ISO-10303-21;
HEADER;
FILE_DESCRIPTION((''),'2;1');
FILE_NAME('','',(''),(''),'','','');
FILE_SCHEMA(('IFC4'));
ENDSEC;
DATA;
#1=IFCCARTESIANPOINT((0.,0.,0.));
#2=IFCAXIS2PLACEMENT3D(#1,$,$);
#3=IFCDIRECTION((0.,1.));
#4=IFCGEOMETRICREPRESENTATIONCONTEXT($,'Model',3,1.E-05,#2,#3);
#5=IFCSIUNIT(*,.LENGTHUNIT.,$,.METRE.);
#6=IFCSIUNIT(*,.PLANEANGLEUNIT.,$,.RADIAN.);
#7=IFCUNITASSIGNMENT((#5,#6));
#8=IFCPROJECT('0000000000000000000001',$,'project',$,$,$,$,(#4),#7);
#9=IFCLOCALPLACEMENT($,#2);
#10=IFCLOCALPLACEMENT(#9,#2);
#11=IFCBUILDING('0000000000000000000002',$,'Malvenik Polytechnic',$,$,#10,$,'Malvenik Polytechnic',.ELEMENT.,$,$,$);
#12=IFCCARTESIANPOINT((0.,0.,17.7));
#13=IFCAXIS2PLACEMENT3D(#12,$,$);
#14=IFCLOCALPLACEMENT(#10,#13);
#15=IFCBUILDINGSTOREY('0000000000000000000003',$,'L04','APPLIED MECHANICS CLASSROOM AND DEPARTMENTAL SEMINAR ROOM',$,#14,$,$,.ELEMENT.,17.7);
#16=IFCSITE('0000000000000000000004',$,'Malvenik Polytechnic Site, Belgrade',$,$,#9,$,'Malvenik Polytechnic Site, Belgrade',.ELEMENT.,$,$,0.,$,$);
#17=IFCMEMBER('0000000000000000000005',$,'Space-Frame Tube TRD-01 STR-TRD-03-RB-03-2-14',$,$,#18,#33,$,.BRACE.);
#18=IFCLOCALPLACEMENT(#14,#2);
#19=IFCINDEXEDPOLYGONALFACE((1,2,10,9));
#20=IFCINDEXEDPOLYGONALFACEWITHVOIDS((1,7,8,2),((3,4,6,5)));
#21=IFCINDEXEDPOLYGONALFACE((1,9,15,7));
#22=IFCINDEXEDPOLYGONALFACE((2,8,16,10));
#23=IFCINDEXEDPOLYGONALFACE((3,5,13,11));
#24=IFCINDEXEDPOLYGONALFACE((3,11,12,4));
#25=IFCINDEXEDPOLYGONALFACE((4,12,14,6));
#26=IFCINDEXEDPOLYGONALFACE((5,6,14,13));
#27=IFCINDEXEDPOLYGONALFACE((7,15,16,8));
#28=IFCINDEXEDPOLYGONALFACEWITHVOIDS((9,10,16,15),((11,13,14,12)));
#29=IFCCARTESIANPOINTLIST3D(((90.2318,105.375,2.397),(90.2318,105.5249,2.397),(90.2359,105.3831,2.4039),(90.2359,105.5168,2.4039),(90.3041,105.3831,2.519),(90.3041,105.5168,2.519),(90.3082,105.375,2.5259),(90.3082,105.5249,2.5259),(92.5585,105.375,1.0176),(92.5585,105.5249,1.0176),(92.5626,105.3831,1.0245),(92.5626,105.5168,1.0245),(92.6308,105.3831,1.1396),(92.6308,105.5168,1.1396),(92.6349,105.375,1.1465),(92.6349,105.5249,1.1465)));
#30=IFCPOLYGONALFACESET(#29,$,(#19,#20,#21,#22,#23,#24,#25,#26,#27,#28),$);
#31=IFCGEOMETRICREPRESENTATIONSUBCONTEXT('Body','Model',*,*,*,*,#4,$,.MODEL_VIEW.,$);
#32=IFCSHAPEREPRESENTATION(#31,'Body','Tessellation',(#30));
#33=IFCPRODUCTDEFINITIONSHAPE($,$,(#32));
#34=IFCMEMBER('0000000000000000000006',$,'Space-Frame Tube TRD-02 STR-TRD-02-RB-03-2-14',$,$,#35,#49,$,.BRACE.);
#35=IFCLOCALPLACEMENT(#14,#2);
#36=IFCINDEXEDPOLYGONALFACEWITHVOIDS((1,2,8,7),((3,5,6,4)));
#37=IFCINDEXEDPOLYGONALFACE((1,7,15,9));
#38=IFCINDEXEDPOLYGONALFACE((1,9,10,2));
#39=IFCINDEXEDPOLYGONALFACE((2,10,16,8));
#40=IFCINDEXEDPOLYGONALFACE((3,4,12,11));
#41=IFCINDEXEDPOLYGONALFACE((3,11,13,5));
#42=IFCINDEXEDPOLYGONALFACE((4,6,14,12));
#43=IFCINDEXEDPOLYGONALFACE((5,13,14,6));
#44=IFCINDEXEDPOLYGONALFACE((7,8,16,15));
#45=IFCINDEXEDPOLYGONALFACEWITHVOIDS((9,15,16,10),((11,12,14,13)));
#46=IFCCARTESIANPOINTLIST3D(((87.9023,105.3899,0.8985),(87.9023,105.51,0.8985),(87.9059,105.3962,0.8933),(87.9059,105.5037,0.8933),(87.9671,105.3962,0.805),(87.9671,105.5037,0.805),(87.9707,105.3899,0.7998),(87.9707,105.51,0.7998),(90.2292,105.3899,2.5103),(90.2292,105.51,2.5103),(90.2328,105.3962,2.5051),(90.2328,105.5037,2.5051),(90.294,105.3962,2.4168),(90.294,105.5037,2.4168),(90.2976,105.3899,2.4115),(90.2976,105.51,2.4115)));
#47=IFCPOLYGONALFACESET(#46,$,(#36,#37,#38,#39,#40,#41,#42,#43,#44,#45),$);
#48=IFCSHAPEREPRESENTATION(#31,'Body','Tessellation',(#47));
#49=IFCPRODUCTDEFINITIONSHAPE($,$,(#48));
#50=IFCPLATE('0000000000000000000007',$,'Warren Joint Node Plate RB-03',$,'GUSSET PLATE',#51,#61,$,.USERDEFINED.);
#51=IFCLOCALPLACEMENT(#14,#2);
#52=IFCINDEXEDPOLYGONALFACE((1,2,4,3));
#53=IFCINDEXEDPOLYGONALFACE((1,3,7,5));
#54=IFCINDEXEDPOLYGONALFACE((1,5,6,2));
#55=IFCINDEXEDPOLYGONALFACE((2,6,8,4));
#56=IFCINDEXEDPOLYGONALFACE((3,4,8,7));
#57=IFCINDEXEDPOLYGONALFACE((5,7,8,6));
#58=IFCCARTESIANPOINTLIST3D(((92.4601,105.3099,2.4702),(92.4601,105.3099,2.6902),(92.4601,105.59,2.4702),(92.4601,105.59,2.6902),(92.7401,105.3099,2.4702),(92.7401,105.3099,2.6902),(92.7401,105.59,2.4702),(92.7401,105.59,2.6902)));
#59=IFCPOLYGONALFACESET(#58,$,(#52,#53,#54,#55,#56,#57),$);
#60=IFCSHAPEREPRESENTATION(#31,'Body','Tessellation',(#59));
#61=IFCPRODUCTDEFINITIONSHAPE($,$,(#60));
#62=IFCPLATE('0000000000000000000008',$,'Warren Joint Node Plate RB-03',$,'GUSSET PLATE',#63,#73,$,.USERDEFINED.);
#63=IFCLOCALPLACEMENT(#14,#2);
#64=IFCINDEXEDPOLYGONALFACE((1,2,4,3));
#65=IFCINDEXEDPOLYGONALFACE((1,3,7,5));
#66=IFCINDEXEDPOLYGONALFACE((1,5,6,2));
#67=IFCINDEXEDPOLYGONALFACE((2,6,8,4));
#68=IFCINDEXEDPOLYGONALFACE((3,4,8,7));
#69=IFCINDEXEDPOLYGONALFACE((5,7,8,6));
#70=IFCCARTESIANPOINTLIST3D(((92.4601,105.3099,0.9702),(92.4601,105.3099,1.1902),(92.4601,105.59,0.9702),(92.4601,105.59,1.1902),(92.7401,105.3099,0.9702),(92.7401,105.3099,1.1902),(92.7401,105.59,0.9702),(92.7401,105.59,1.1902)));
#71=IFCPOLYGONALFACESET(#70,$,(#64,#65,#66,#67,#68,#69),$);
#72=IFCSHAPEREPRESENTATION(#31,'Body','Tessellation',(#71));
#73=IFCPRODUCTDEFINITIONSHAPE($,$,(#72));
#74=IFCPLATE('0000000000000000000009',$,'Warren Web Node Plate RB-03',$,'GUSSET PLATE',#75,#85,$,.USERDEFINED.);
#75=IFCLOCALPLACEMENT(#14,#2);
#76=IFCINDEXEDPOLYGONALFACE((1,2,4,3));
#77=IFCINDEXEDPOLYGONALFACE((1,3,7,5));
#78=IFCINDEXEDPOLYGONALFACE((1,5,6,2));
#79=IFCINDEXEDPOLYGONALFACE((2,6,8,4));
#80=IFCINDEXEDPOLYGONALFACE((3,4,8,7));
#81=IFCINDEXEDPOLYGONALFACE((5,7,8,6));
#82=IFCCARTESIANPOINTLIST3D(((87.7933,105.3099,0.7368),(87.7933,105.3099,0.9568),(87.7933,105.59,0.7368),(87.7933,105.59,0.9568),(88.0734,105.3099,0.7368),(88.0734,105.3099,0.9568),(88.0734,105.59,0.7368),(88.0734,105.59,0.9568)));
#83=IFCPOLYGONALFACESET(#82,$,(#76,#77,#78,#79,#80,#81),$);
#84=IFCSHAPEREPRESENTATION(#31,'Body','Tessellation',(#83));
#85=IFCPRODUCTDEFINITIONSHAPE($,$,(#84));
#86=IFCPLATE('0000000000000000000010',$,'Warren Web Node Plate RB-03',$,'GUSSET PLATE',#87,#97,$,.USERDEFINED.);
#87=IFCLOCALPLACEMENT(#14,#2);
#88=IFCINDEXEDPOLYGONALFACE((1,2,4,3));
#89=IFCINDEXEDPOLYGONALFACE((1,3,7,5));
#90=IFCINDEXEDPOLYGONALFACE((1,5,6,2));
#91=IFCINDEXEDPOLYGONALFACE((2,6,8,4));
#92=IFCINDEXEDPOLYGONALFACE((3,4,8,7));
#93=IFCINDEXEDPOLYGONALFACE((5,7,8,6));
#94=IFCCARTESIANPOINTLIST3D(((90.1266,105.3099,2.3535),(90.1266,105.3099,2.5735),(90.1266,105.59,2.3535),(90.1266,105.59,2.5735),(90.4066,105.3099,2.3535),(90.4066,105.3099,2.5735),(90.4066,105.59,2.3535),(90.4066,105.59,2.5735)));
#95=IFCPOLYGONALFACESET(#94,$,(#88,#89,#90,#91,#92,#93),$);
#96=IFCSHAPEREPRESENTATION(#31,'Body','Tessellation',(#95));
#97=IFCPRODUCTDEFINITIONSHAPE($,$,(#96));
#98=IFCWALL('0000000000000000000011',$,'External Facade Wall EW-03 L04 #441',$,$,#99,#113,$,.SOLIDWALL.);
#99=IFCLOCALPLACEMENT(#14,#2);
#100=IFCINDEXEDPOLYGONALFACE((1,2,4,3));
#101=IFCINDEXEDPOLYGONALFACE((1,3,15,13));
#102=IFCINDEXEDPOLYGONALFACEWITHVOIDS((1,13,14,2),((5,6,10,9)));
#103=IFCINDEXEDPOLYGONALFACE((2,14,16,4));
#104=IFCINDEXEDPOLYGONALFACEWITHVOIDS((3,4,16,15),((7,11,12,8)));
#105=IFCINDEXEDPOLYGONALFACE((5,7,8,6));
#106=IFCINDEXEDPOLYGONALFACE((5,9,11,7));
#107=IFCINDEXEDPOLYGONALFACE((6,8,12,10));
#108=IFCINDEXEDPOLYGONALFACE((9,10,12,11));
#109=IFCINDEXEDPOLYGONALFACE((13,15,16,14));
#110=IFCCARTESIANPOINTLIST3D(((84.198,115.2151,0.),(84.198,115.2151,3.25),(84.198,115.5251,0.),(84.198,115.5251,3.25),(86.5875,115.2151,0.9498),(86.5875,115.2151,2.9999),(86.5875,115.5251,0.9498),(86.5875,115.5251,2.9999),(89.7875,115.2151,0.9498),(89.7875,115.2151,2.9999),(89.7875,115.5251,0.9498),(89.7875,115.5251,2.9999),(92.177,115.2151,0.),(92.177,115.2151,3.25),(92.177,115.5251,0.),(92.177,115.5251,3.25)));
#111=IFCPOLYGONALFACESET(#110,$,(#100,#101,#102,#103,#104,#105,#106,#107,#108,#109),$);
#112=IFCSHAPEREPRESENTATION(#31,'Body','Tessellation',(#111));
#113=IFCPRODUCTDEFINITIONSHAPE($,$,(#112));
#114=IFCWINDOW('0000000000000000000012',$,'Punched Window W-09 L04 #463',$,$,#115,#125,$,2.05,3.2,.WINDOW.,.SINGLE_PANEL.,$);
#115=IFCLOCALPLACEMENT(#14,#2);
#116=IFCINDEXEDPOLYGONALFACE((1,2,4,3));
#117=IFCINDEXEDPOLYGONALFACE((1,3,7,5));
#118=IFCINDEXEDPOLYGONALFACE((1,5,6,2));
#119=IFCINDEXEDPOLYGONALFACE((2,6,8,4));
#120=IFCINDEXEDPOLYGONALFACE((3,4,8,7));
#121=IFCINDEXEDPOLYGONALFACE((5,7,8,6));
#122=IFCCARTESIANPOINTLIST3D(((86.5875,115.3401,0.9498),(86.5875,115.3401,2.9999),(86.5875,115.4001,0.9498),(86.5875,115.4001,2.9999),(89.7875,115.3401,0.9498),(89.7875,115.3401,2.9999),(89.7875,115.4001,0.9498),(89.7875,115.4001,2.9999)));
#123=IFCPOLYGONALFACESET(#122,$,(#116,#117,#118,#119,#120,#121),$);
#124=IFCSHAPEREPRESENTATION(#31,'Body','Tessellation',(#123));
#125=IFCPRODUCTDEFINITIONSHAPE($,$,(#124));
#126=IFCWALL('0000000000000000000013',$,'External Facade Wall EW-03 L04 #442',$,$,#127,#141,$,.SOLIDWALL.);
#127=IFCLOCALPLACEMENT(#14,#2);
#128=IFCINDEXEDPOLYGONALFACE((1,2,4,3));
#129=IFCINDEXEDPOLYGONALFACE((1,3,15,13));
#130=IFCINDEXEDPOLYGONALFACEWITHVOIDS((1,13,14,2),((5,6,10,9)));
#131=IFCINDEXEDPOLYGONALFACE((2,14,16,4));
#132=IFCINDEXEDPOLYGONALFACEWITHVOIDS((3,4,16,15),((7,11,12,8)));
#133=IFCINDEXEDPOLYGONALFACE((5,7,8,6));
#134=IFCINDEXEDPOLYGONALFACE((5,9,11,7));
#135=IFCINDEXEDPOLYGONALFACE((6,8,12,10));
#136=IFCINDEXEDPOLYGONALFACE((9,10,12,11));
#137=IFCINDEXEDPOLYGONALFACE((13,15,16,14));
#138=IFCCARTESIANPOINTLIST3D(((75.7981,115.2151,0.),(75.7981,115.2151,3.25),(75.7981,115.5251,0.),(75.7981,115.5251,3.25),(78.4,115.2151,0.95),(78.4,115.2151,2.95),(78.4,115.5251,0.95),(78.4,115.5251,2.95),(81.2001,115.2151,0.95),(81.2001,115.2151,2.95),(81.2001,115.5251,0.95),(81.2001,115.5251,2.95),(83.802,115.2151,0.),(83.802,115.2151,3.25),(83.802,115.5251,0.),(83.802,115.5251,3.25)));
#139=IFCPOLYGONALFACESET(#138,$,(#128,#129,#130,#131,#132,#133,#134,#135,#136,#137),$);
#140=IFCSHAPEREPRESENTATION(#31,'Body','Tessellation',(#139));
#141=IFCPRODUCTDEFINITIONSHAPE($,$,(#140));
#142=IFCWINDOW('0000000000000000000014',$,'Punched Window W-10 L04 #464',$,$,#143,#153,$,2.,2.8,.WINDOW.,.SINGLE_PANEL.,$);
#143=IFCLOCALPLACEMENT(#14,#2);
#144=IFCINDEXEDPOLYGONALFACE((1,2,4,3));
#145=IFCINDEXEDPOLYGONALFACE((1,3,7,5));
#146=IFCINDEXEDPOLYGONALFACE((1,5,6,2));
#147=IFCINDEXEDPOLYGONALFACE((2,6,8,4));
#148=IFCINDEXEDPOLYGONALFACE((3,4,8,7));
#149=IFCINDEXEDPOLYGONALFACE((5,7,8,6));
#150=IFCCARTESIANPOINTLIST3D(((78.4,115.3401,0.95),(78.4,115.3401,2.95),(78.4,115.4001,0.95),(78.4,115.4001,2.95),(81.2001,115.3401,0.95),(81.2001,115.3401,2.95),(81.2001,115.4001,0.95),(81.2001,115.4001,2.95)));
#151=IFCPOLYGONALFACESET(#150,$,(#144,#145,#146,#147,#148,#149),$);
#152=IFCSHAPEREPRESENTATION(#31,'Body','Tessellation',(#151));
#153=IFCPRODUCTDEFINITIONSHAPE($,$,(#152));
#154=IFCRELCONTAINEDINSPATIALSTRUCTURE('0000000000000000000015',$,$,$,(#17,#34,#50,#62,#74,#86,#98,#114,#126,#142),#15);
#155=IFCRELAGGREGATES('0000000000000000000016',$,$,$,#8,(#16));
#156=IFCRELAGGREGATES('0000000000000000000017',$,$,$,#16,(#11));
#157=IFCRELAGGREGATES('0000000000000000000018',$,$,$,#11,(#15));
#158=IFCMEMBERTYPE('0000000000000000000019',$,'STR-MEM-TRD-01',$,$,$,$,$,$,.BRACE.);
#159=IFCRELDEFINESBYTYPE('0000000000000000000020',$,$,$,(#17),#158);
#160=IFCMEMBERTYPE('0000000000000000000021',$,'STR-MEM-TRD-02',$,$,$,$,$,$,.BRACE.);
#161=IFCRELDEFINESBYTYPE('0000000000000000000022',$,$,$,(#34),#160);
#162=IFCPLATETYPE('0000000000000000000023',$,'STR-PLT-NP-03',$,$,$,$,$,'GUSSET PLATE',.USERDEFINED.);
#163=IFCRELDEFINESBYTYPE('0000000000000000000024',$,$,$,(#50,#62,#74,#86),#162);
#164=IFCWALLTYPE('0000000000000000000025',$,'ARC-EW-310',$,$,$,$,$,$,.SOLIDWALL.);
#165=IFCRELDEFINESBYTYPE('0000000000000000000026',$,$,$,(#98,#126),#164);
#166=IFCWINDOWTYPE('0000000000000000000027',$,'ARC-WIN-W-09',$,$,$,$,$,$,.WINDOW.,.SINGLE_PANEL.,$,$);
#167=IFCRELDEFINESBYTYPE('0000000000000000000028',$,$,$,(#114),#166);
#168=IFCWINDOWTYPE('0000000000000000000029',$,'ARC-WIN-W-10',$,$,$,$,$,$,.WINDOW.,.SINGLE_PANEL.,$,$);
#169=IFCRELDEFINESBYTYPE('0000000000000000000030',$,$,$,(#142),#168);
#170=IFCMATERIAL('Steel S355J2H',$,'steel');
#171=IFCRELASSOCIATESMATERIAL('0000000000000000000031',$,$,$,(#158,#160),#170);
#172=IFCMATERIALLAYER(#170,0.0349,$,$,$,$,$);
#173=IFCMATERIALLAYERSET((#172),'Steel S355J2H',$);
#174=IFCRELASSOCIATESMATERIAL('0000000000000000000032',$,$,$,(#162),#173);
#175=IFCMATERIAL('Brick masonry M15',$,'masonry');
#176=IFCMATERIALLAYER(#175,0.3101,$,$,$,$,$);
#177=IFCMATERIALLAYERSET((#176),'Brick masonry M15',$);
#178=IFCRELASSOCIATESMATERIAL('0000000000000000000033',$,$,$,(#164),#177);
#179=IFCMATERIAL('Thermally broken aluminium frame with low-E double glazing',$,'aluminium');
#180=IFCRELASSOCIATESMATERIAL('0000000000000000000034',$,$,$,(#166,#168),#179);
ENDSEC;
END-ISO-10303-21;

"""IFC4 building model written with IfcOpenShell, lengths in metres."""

from ifc_helpers import new_model, si_unit, direction, frame, frame_2d, origin, origin_2d, place, context, subcontext, project, spatial, rectangle, hollow_rectangle, extrude, material, layer, layer_set, material_profile, profile_set, type_object, element, fill, save


model = new_model("IFC4")

# Units and contexts
model_context = context("Model", 3, precision=1e-05, world=origin(), true_north=direction((0.0, 1.0)))
body_context = subcontext(model_context, "Body", "Model", "MODEL_VIEW")
ifc_project = project(units=[si_unit("LENGTHUNIT", "METRE"), si_unit("PLANEANGLEUNIT", "RADIAN")], contexts=[model_context])

# Site, building, storey
site_placement = place(None, origin())
site = spatial("IfcSite", under=ifc_project, at=site_placement, Name="Malvenik Polytechnic Site, Belgrade", LongName="Malvenik Polytechnic Site, Belgrade", CompositionType="ELEMENT", RefElevation=0.0)
building_placement = place(site_placement, origin())
building = spatial("IfcBuilding", under=site, at=building_placement, Name="Malvenik Polytechnic", LongName="Malvenik Polytechnic", CompositionType="ELEMENT")
storey_placement = place(building_placement, frame((0.0, 0.0, 17.7)))
storey = spatial("IfcBuildingStorey", under=building, at=storey_placement, Name="L04", Description="APPLIED MECHANICS CLASSROOM AND DEPARTMENTAL SEMINAR ROOM", CompositionType="ELEMENT", Elevation=17.7)

# Shared definitions
ifc_material_1 = material(Name="Steel S355J2H", Category="steel")

# Members
ifc_material_profile_1 = material_profile(ifc_material_1, hollow_rectangle(XDim=0.1499, YDim=0.1499, WallThickness=0.0081, at=origin_2d()), Name="SHS 150x150x8.0")
ifc_profile_set_1 = profile_set([ifc_material_profile_1], Name="Steel S355J2H")
member_type_1 = type_object("IfcMemberType", Name="STR-MEM-TRD-01", PredefinedType="BRACE", material=ifc_profile_set_1)
member_1_placement = place(storey_placement, frame((90.27, 105.45, 2.4614), z_axis=(0.860189, 0.0, -0.509976), x_axis=(0.0, 1.0, 0.0)))
element("IfcMember", 1, at=member_1_placement, inside=storey, type_object=member_type_1, Name="Space-Frame Tube TRD-01 STR-TRD-03-RB-03-2-14", PredefinedType="BRACE", context=body_context, shape_type="SweptSolid", body=[
    extrude(hollow_rectangle(XDim=0.1499, YDim=0.1499, WallThickness=0.0081, at=origin_2d()), origin(), (0.0, 0.0, 1.0), 2.7048),
])
ifc_material_profile_2 = material_profile(ifc_material_1, hollow_rectangle(XDim=0.1201, YDim=0.1201, WallThickness=0.0063, at=origin_2d()), Name="SHS 120x120x6.3")
ifc_profile_set_2 = profile_set([ifc_material_profile_2], Name="Steel S355J2H")
member_type_2 = type_object("IfcMemberType", Name="STR-MEM-TRD-02", PredefinedType="BRACE", material=ifc_profile_set_2)
member_2_placement = place(storey_placement, frame((87.9365, 105.45, 0.8491), z_axis=(0.822046, 0.0, 0.569421), x_axis=(0.0, 1.0, 0.0)))
element("IfcMember", 2, at=member_2_placement, inside=storey, type_object=member_type_2, Name="Space-Frame Tube TRD-02 STR-TRD-02-RB-03-2-14", PredefinedType="BRACE", context=body_context, shape_type="SweptSolid", body=[
    extrude(hollow_rectangle(XDim=0.1201, YDim=0.1201, WallThickness=0.0063, at=origin_2d()), origin(), (0.0, 0.0, 1.0), 2.8306),
])

# Plates
ifc_layer_1 = layer(ifc_material_1, 0.0349)
ifc_layer_set_1 = layer_set([ifc_layer_1], Name="Steel S355J2H")
plate_type = type_object("IfcPlateType", Name="STR-PLT-NP-03", ElementType="GUSSET PLATE", PredefinedType="USERDEFINED", material=ifc_layer_set_1)
for number, where, z_axis, x_axis, name in (
    (3, (92.6001, 105.45, 2.4702), (0.0, 0.0, 1.0), (1.0, 0.0, 0.0), "Warren Joint Node Plate RB-03"),
    (4, (92.6001, 105.45, 0.9702), (0.0, 0.0, 1.0), (1.0, 0.0, 0.0), "Warren Joint Node Plate RB-03"),
    (5, (87.9333, 105.45, 0.7368), (0.0, 0.0, 1.0), (1.0, 0.0, 0.0), "Warren Web Node Plate RB-03"),
    (6, (90.2666, 105.45, 2.3535), (0.0, 0.0, 1.0), (1.0, 0.0, 0.0), "Warren Web Node Plate RB-03"),
):
    element("IfcPlate", number, at=place(storey_placement, frame(where, z_axis=z_axis, x_axis=x_axis)), inside=storey, type_object=plate_type, Name=name, ObjectType="GUSSET PLATE", PredefinedType="USERDEFINED", context=body_context, shape_type="SweptSolid", body=[
        extrude(rectangle(XDim=0.28, YDim=0.28, at=origin_2d()), origin(), (0.0, 0.0, 1.0), 0.22),
    ])

# Walls, openings, windows
ifc_material_2 = material(Name="Brick masonry M15", Category="masonry")
ifc_layer_2 = layer(ifc_material_2, 0.3101)
ifc_layer_set_2 = layer_set([ifc_layer_2], Name="Brick masonry M15")
wall_type = type_object("IfcWallType", Name="ARC-EW-310", PredefinedType="SOLIDWALL", material=ifc_layer_set_2)
wall_1_placement = place(storey_placement, frame((92.177, 115.3701, 0.0), z_axis=(0.0, 0.0, 1.0), x_axis=(-1.0, 0.0, 0.0)))
wall_1 = element("IfcWall", 7, at=wall_1_placement, inside=storey, type_object=wall_type, Name="External Facade Wall EW-03 L04 #441", PredefinedType="SOLIDWALL", context=body_context, shape_type="SweptSolid", body=[
    extrude(rectangle(XDim=7.979, YDim=0.3101, at=frame_2d((3.9895, 0.0))), origin(), (0.0, 0.0, 1.0), 3.25),
])
opening_1_placement = place(wall_1_placement, frame((2.3894, 0.0, 0.95)))
opening_1 = element("IfcOpeningElement", 8, at=opening_1_placement, cuts=wall_1, PredefinedType="OPENING", context=body_context, shape_type="SweptSolid", body=[
    extrude(rectangle(XDim=3.2, YDim=2.05, at=frame_2d((1.6001, 1.0249))), frame((0.0, 0.165, 0.0), z_axis=(0.0, -1.0, 0.0), x_axis=(1.0, 0.0, 0.0)), (0.0, 0.0, 1.0), 0.3301),
])
ifc_material_3 = material(Name="Thermally broken aluminium frame with low-E double glazing", Category="aluminium")
window_type_1 = type_object("IfcWindowType", Name="ARC-WIN-W-09", PartitioningType="SINGLE_PANEL", PredefinedType="WINDOW", material=ifc_material_3)
window_1_placement = place(opening_1_placement, origin())
window_1 = element("IfcWindow", 9, at=window_1_placement, inside=storey, type_object=window_type_1, Name="Punched Window W-09 L04 #463", OverallHeight=2.05, OverallWidth=3.2, PartitioningType="SINGLE_PANEL", PredefinedType="WINDOW", context=body_context, shape_type="SweptSolid", body=[
    extrude(rectangle(XDim=3.2, YDim=2.05, at=frame_2d((1.6001, 1.0249))), frame((0.0, 0.03, 0.0), z_axis=(0.0, -1.0, 0.0), x_axis=(1.0, 0.0, 0.0)), (0.0, 0.0, 1.0), 0.0601),
])
fill(opening_1, window_1)
wall_2_placement = place(storey_placement, frame((83.802, 115.3701, 0.0), z_axis=(0.0, 0.0, 1.0), x_axis=(-1.0, 0.0, 0.0)))
wall_2 = element("IfcWall", 10, at=wall_2_placement, inside=storey, type_object=wall_type, Name="External Facade Wall EW-03 L04 #442", PredefinedType="SOLIDWALL", context=body_context, shape_type="SweptSolid", body=[
    extrude(rectangle(XDim=8.0039, YDim=0.3101, at=frame_2d((4.002, 0.0))), origin(), (0.0, 0.0, 1.0), 3.25),
])
opening_2_placement = place(wall_2_placement, frame((2.6021, 0.0, 0.95)))
opening_2 = element("IfcOpeningElement", 11, at=opening_2_placement, cuts=wall_2, PredefinedType="OPENING", context=body_context, shape_type="SweptSolid", body=[
    extrude(rectangle(XDim=2.8, YDim=2.0, at=frame_2d((1.3999, 1.0))), frame((0.0, 0.165, 0.0), z_axis=(0.0, -1.0, 0.0), x_axis=(1.0, 0.0, 0.0)), (0.0, 0.0, 1.0), 0.3301),
])
window_type_2 = type_object("IfcWindowType", Name="ARC-WIN-W-10", PartitioningType="SINGLE_PANEL", PredefinedType="WINDOW", material=ifc_material_3)
window_2_placement = place(opening_2_placement, origin())
window_2 = element("IfcWindow", 12, at=window_2_placement, inside=storey, type_object=window_type_2, Name="Punched Window W-10 L04 #464", OverallHeight=2.0, OverallWidth=2.8, PartitioningType="SINGLE_PANEL", PredefinedType="WINDOW", context=body_context, shape_type="SweptSolid", body=[
    extrude(rectangle(XDim=2.8, YDim=2.0, at=frame_2d((1.3999, 1.0))), frame((0.0, 0.03, 0.0), z_axis=(0.0, -1.0, 0.0), x_axis=(1.0, 0.0, 0.0)), (0.0, 0.0, 1.0), 0.0601),
])
fill(opening_2, window_2)

save(model, "model.ifc")
